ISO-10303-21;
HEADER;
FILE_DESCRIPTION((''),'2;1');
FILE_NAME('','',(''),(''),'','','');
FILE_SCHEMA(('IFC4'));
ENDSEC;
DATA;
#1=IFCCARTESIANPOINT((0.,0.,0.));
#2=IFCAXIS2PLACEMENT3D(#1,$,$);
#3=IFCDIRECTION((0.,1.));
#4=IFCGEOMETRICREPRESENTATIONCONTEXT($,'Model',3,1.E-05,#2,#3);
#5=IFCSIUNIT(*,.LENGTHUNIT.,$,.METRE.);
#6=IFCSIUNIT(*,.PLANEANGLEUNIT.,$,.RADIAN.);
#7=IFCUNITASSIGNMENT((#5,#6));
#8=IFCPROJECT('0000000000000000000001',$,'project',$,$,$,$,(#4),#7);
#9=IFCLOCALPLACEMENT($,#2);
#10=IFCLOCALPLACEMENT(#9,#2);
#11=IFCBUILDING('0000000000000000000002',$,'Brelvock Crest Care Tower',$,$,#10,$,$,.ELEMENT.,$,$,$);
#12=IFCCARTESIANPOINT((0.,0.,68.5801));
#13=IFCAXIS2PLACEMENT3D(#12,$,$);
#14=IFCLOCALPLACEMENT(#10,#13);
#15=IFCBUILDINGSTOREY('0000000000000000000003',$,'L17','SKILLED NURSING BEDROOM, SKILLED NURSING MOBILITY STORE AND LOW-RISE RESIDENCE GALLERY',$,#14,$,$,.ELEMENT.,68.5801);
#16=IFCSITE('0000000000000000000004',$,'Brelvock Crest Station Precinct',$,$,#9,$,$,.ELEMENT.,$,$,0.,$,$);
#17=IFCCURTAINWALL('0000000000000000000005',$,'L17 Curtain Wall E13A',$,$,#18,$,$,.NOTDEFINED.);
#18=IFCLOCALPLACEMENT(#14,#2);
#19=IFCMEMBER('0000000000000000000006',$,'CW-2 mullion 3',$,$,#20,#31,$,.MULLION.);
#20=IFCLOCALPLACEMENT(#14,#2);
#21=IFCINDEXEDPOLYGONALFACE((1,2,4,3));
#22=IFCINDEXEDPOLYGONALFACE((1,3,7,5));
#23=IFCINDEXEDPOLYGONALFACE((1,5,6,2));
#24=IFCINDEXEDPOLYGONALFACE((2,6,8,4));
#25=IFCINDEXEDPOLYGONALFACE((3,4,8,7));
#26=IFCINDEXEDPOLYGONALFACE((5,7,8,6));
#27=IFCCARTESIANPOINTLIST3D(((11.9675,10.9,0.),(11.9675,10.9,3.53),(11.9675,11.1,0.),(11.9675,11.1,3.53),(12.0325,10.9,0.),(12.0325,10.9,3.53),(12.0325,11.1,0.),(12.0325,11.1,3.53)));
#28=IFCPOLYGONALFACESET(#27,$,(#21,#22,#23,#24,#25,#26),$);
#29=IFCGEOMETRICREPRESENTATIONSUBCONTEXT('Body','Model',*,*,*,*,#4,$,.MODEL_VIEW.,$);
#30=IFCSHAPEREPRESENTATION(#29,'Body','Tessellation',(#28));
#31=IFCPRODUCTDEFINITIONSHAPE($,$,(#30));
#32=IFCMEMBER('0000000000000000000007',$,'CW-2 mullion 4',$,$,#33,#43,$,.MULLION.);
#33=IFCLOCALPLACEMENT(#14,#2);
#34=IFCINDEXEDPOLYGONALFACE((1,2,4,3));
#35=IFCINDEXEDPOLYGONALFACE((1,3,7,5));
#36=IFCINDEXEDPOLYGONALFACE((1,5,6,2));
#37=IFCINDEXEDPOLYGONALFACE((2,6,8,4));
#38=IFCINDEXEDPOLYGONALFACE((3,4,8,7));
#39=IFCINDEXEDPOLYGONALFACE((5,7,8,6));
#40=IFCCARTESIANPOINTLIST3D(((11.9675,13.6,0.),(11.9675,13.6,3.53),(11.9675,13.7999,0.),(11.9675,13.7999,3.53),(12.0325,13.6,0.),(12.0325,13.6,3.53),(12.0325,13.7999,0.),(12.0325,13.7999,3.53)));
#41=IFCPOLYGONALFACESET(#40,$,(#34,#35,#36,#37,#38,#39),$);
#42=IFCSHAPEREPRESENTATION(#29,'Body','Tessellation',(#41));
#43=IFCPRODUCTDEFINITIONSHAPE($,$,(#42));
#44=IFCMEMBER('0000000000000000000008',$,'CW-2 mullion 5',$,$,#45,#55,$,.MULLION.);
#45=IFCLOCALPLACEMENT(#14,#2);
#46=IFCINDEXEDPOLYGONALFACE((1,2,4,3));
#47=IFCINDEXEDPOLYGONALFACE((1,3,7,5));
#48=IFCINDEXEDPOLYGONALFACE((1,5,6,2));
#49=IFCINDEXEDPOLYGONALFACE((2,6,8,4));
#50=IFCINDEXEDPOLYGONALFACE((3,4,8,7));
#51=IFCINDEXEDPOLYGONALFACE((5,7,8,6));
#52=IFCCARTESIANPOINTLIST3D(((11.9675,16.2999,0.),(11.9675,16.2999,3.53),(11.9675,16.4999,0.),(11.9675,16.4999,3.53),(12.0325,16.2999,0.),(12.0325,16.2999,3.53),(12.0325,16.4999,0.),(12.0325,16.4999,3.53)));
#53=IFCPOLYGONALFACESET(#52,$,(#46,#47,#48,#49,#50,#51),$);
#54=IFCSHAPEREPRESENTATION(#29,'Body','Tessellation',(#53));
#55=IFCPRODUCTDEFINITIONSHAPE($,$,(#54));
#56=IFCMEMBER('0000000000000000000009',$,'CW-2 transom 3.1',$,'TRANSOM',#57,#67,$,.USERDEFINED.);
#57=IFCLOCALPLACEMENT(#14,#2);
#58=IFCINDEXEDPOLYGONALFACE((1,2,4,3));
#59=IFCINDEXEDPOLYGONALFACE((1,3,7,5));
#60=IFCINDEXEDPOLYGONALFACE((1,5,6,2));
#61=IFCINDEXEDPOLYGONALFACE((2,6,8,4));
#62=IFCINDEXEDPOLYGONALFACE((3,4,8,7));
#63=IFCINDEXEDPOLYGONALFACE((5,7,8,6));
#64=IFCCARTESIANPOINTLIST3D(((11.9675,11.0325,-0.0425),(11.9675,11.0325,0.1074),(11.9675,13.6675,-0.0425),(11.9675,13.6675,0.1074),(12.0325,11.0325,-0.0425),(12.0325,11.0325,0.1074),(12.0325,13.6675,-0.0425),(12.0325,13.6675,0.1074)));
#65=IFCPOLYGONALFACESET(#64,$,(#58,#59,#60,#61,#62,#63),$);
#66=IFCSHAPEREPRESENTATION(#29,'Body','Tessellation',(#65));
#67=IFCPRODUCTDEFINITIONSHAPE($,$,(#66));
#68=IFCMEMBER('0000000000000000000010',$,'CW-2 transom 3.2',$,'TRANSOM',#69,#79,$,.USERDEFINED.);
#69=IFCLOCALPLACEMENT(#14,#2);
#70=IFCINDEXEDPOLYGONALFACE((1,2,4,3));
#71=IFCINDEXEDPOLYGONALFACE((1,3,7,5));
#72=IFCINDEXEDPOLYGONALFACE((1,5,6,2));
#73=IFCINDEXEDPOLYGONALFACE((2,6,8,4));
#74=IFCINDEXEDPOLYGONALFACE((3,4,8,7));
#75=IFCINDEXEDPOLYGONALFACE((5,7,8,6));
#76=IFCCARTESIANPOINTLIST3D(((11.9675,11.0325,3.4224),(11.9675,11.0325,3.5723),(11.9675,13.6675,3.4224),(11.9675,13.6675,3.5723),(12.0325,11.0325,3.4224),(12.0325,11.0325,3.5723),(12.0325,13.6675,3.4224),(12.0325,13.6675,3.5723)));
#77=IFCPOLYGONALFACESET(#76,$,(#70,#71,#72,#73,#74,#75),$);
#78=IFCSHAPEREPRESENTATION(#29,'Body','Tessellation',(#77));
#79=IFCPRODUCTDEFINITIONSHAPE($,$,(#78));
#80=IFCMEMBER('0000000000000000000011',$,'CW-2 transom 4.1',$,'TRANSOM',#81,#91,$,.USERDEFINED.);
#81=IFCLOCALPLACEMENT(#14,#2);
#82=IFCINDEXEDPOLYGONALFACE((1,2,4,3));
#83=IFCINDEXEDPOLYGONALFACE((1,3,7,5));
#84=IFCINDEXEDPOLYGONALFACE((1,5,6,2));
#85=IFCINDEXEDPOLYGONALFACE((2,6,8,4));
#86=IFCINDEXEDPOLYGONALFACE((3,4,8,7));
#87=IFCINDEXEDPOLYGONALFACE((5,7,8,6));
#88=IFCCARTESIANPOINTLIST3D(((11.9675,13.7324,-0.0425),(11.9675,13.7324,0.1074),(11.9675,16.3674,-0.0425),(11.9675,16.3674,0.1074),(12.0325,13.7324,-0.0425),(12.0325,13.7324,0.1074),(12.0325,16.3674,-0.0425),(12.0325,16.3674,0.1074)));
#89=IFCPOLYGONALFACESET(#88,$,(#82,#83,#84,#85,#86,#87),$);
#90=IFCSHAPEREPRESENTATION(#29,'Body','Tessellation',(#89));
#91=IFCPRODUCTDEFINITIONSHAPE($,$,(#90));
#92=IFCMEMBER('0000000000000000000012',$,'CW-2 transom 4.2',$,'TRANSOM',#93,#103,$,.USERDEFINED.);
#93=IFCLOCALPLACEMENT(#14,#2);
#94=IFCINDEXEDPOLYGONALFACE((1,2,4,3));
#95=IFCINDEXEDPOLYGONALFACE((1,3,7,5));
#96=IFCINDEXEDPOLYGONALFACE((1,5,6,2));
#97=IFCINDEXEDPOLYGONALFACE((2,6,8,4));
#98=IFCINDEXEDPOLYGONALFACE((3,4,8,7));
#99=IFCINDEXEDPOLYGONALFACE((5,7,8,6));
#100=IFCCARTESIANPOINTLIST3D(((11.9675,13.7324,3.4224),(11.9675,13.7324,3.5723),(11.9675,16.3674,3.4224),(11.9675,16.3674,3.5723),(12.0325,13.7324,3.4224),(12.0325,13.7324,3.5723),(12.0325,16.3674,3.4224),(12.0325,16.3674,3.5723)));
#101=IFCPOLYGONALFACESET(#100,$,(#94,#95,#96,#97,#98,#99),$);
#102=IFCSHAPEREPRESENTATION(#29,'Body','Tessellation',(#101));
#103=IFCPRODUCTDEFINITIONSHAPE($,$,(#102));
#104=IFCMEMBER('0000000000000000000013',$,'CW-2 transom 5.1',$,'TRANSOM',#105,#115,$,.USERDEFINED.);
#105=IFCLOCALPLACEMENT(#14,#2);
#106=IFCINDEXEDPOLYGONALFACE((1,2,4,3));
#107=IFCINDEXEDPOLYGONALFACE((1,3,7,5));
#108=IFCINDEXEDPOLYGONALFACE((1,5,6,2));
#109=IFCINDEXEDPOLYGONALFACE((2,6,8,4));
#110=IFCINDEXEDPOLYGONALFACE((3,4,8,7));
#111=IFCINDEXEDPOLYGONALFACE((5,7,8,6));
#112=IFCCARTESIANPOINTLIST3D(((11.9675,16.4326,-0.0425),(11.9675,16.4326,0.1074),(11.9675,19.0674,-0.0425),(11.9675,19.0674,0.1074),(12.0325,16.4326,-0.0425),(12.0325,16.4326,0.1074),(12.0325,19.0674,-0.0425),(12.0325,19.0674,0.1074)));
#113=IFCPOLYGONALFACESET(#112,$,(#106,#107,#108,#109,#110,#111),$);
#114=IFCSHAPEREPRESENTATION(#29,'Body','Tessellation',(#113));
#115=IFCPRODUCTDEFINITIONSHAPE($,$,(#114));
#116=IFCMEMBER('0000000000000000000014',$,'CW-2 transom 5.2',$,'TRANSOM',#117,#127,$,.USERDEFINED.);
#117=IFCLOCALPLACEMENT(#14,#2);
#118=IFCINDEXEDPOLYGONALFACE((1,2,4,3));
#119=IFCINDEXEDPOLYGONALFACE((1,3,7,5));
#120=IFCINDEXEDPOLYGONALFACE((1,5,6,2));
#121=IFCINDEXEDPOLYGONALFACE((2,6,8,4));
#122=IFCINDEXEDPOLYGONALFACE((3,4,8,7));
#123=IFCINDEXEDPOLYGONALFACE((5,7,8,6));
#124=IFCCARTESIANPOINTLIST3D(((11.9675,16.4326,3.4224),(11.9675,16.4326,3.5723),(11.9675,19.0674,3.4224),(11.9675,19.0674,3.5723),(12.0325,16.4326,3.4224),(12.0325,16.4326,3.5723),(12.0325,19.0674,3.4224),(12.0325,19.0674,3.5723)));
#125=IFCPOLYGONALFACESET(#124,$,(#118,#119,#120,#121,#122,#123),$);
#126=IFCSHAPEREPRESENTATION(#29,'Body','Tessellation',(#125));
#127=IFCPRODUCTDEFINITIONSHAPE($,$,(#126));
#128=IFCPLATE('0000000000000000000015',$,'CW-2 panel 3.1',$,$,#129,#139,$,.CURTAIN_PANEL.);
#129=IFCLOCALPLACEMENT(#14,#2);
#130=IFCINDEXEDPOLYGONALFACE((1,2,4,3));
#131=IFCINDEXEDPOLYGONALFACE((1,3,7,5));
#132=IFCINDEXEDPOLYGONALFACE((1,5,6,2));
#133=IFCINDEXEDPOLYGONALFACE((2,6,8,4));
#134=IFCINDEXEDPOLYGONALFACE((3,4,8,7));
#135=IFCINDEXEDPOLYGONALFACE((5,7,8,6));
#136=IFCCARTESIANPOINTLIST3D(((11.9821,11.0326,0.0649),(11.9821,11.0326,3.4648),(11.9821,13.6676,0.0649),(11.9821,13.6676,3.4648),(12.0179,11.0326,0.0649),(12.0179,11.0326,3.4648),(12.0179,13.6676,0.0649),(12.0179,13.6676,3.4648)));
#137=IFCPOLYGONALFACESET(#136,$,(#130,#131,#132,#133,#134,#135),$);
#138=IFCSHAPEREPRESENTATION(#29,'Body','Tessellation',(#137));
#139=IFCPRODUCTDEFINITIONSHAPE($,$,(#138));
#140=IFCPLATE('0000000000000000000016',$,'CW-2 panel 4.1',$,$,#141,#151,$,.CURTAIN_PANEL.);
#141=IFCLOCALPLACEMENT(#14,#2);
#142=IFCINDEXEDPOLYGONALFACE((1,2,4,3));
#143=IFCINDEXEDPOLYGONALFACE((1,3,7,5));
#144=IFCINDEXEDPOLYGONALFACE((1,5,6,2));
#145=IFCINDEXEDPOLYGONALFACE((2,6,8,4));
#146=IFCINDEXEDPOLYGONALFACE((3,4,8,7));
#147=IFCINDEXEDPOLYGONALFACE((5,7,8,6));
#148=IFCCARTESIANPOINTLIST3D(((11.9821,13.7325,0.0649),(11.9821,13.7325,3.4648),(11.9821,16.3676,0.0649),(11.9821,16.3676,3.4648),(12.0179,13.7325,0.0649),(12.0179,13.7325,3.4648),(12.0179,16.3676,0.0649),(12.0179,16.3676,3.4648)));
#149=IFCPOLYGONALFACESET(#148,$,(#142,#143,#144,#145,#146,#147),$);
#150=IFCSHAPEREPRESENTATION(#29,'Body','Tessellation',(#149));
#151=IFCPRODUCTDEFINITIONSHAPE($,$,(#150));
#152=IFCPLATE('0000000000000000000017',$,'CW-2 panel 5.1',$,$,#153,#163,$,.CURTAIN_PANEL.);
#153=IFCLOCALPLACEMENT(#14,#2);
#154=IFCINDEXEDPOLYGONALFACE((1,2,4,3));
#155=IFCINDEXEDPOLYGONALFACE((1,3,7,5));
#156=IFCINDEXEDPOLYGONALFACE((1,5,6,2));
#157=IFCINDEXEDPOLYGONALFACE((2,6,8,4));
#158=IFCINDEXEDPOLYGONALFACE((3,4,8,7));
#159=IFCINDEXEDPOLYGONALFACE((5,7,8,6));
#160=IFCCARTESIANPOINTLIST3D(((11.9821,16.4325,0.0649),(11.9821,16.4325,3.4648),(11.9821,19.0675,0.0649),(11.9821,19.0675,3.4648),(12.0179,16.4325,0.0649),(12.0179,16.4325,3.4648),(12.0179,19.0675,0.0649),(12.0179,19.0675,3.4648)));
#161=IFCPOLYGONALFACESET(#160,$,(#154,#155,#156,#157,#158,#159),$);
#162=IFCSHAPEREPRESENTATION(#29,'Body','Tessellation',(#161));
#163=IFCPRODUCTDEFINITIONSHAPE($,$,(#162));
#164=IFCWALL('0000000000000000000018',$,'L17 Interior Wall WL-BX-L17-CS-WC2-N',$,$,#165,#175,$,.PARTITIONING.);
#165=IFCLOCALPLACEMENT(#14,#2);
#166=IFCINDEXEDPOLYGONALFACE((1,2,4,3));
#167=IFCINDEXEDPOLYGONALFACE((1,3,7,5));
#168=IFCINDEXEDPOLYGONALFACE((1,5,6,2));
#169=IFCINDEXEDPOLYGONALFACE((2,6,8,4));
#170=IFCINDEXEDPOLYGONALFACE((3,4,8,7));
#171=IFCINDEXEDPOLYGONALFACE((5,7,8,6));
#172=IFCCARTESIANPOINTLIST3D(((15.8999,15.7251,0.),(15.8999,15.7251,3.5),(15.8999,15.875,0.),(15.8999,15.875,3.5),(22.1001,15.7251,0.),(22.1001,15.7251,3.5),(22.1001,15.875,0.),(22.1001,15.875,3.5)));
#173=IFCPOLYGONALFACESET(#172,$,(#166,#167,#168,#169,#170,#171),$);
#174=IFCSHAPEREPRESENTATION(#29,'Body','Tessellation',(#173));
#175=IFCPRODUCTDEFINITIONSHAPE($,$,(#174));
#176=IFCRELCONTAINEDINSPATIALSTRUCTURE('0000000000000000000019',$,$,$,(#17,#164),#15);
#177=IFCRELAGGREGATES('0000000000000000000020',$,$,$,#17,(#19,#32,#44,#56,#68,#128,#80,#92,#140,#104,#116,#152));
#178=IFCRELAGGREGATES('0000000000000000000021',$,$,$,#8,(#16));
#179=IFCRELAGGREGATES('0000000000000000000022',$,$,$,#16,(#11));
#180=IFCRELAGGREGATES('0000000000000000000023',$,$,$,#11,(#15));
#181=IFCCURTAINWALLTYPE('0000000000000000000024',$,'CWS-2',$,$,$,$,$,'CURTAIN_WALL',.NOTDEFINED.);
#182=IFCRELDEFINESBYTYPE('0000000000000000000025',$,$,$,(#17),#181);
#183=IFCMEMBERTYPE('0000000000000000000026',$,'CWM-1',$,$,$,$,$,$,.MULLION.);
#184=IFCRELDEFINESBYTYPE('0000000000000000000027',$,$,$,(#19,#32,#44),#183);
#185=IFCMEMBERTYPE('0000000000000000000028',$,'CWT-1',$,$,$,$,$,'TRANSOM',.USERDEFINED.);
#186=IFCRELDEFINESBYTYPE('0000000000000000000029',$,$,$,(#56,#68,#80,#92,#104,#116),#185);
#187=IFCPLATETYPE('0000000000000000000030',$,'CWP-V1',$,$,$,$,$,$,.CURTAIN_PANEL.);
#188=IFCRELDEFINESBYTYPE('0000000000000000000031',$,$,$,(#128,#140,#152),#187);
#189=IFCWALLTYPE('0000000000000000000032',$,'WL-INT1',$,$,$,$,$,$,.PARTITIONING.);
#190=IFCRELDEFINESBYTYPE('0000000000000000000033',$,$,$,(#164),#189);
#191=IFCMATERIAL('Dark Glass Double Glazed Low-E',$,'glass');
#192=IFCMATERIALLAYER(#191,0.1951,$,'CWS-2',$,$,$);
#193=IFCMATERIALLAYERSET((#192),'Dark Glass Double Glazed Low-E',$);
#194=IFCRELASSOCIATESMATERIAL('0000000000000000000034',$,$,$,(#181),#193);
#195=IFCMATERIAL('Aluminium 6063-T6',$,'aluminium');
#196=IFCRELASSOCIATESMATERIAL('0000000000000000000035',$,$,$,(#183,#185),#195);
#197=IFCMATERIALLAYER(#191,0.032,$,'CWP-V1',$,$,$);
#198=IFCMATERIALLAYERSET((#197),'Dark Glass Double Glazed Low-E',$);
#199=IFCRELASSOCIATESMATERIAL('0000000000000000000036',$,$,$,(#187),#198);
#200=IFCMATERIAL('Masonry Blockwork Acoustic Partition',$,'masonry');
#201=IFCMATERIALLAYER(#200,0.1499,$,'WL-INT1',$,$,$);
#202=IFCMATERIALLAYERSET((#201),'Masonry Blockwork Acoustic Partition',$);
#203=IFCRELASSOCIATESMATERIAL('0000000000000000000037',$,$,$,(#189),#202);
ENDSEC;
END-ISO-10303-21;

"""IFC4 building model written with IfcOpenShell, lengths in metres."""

from ifc_helpers import new_model, si_unit, direction, frame, frame_2d, origin, origin_2d, place, context, subcontext, project, spatial, rectangle, extrude, source, transform, mapped, material, layer, layer_set, material_profile, profile_set, type_object, element, aggregate, save


model = new_model("IFC4")

# Units and contexts
model_context = context("Model", 3, precision=1e-05, world=origin(), true_north=direction((0.0, 1.0)))
body_context = subcontext(model_context, "Body", "Model", "MODEL_VIEW")
ifc_project = project(units=[si_unit("LENGTHUNIT", "METRE"), si_unit("PLANEANGLEUNIT", "RADIAN")], contexts=[model_context])

# Site, building, storey
site_placement = place(None, origin())
site = spatial("IfcSite", under=ifc_project, at=site_placement, Name="Brelvock Crest Station Precinct", CompositionType="ELEMENT", RefElevation=0.0)
building_placement = place(site_placement, origin())
building = spatial("IfcBuilding", under=site, at=building_placement, Name="Brelvock Crest Care Tower", CompositionType="ELEMENT")
storey_placement = place(building_placement, frame((0.0, 0.0, 68.5801)))
storey = spatial("IfcBuildingStorey", under=building, at=storey_placement, Name="L17", Description="SKILLED NURSING BEDROOM, SKILLED NURSING MOBILITY STORE AND LOW-RISE RESIDENCE GALLERY", CompositionType="ELEMENT", Elevation=68.5801)

# Curtain wall, members, plates
ifc_material_1 = material(Name="Dark Glass Double Glazed Low-E", Category="glass")
ifc_layer_1 = layer(ifc_material_1, 0.1951, Name="CWS-2")
ifc_layer_set_1 = layer_set([ifc_layer_1], Name="Dark Glass Double Glazed Low-E")
curtain_wall_type = type_object("IfcCurtainWallType", Name="CWS-2", ElementType="CURTAIN_WALL", PredefinedType="NOTDEFINED", material=ifc_layer_set_1)
curtain_wall_placement = place(storey_placement, origin())
curtain_wall = element("IfcCurtainWall", 1, at=curtain_wall_placement, inside=storey, type_object=curtain_wall_type, Name="L17 Curtain Wall E13A", PredefinedType="NOTDEFINED")
ifc_material_2 = material(Name="Aluminium 6063-T6", Category="aluminium")
ifc_material_profile_1 = material_profile(ifc_material_2, rectangle(XDim=0.0649, YDim=0.2, at=origin_2d()), Name="ALU65x200")
ifc_profile_set_1 = profile_set([ifc_material_profile_1], Name="Aluminium 6063-T6")
member_type_1 = type_object("IfcMemberType", Name="CWM-1", PredefinedType="MULLION", material=ifc_profile_set_1)
shared_shape_1 = source(origin(), body_context, "Body", "SweptSolid", [
    extrude(rectangle(XDim=0.0649, YDim=0.2, at=origin_2d()), origin(), (0.0, 0.0, 1.0), 3.53),
])
member_1_placement = place(storey_placement, frame((12.0, 11.0, 0.0), z_axis=(0.0, 0.0, 1.0), x_axis=(-1.0, 0.0, 0.0)))
member_1 = element("IfcMember", 2, at=member_1_placement, type_object=member_type_1, Name="CW-2 mullion 3", PredefinedType="MULLION", context=body_context, shape_type="MappedRepresentation", body=[
    mapped(shared_shape_1, transform((0.0, 0.0, 0.0), x_axis=(1.0, 0.0, 0.0), y_axis=(0.0, 1.0, 0.0), z_axis=(0.0, 0.0, 1.0), scale=1.0)),
])
member_2_placement = place(storey_placement, frame((12.0, 13.7, 0.0), z_axis=(0.0, 0.0, 1.0), x_axis=(-1.0, 0.0, 0.0)))
member_2 = element("IfcMember", 3, at=member_2_placement, type_object=member_type_1, Name="CW-2 mullion 4", PredefinedType="MULLION", context=body_context, shape_type="MappedRepresentation", body=[
    mapped(shared_shape_1, transform((0.0, 0.0, 0.0), x_axis=(1.0, 0.0, 0.0), y_axis=(0.0, 1.0, 0.0), z_axis=(0.0, 0.0, 1.0), scale=1.0)),
])
member_3_placement = place(storey_placement, frame((12.0, 16.3999, 0.0), z_axis=(0.0, 0.0, 1.0), x_axis=(-1.0, 0.0, 0.0)))
member_3 = element("IfcMember", 4, at=member_3_placement, type_object=member_type_1, Name="CW-2 mullion 5", PredefinedType="MULLION", context=body_context, shape_type="MappedRepresentation", body=[
    mapped(shared_shape_1, transform((0.0, 0.0, 0.0), x_axis=(1.0, 0.0, 0.0), y_axis=(0.0, 1.0, 0.0), z_axis=(0.0, 0.0, 1.0), scale=1.0)),
])
ifc_material_profile_2 = material_profile(ifc_material_2, rectangle(XDim=0.0649, YDim=0.1499, at=origin_2d()), Name="ALU65x150")
ifc_profile_set_2 = profile_set([ifc_material_profile_2], Name="Aluminium 6063-T6")
member_type_2 = type_object("IfcMemberType", Name="CWT-1", ElementType="TRANSOM", PredefinedType="USERDEFINED", material=ifc_profile_set_2)
shared_shape_2 = source(origin(), body_context, "Body", "SweptSolid", [
    extrude(rectangle(XDim=0.0649, YDim=0.1499, at=origin_2d()), origin(), (0.0, 0.0, 1.0), 2.635),
])
member_4_placement = place(storey_placement, frame((12.0, 11.0325, 0.0325), z_axis=(0.0, 1.0, 0.0), x_axis=(-1.0, 0.0, 0.0)))
member_4 = element("IfcMember", 5, at=member_4_placement, type_object=member_type_2, Name="CW-2 transom 3.1", ObjectType="TRANSOM", PredefinedType="USERDEFINED", context=body_context, shape_type="MappedRepresentation", body=[
    mapped(shared_shape_2, transform((0.0, 0.0, 0.0), x_axis=(1.0, 0.0, 0.0), y_axis=(0.0, 1.0, 0.0), z_axis=(0.0, 0.0, 1.0), scale=1.0)),
])
member_5_placement = place(storey_placement, frame((12.0, 11.0325, 3.4973), z_axis=(0.0, 1.0, 0.0), x_axis=(-1.0, 0.0, 0.0)))
member_5 = element("IfcMember", 6, at=member_5_placement, type_object=member_type_2, Name="CW-2 transom 3.2", ObjectType="TRANSOM", PredefinedType="USERDEFINED", context=body_context, shape_type="MappedRepresentation", body=[
    mapped(shared_shape_2, transform((0.0, 0.0, 0.0), x_axis=(1.0, 0.0, 0.0), y_axis=(0.0, 1.0, 0.0), z_axis=(0.0, 0.0, 1.0), scale=1.0)),
])
member_6_placement = place(storey_placement, frame((12.0, 13.7324, 0.0325), z_axis=(0.0, 1.0, 0.0), x_axis=(-1.0, 0.0, 0.0)))
member_6 = element("IfcMember", 7, at=member_6_placement, type_object=member_type_2, Name="CW-2 transom 4.1", ObjectType="TRANSOM", PredefinedType="USERDEFINED", context=body_context, shape_type="MappedRepresentation", body=[
    mapped(shared_shape_2, transform((0.0, 0.0, 0.0), x_axis=(1.0, 0.0, 0.0), y_axis=(0.0, 1.0, 0.0), z_axis=(0.0, 0.0, 1.0), scale=1.0)),
])
member_7_placement = place(storey_placement, frame((12.0, 13.7324, 3.4973), z_axis=(0.0, 1.0, 0.0), x_axis=(-1.0, 0.0, 0.0)))
member_7 = element("IfcMember", 8, at=member_7_placement, type_object=member_type_2, Name="CW-2 transom 4.2", ObjectType="TRANSOM", PredefinedType="USERDEFINED", context=body_context, shape_type="MappedRepresentation", body=[
    mapped(shared_shape_2, transform((0.0, 0.0, 0.0), x_axis=(1.0, 0.0, 0.0), y_axis=(0.0, 1.0, 0.0), z_axis=(0.0, 0.0, 1.0), scale=1.0)),
])
shared_shape_3 = source(origin(), body_context, "Body", "SweptSolid", [
    extrude(rectangle(XDim=0.0649, YDim=0.1499, at=origin_2d()), origin(), (0.0, 0.0, 1.0), 2.6348),
])
member_8_placement = place(storey_placement, frame((12.0, 16.4326, 0.0325), z_axis=(0.0, 1.0, 0.0), x_axis=(-1.0, 0.0, 0.0)))
member_8 = element("IfcMember", 9, at=member_8_placement, type_object=member_type_2, Name="CW-2 transom 5.1", ObjectType="TRANSOM", PredefinedType="USERDEFINED", context=body_context, shape_type="MappedRepresentation", body=[
    mapped(shared_shape_3, transform((0.0, 0.0, 0.0), x_axis=(1.0, 0.0, 0.0), y_axis=(0.0, 1.0, 0.0), z_axis=(0.0, 0.0, 1.0), scale=1.0)),
])
member_9_placement = place(storey_placement, frame((12.0, 16.4326, 3.4973), z_axis=(0.0, 1.0, 0.0), x_axis=(-1.0, 0.0, 0.0)))
member_9 = element("IfcMember", 10, at=member_9_placement, type_object=member_type_2, Name="CW-2 transom 5.2", ObjectType="TRANSOM", PredefinedType="USERDEFINED", context=body_context, shape_type="MappedRepresentation", body=[
    mapped(shared_shape_3, transform((0.0, 0.0, 0.0), x_axis=(1.0, 0.0, 0.0), y_axis=(0.0, 1.0, 0.0), z_axis=(0.0, 0.0, 1.0), scale=1.0)),
])
ifc_layer_2 = layer(ifc_material_1, 0.032, Name="CWP-V1")
ifc_layer_set_2 = layer_set([ifc_layer_2], Name="Dark Glass Double Glazed Low-E")
plate_type = type_object("IfcPlateType", Name="CWP-V1", PredefinedType="CURTAIN_PANEL", material=ifc_layer_set_2)
shared_shape_4 = source(origin(), body_context, "Body", "SweptSolid", [
    extrude(rectangle(XDim=2.635, YDim=0.0359, at=origin_2d()), origin(), (0.0, 0.0, 1.0), 3.3999),
])
plate_1_placement = place(storey_placement, frame((12.0, 12.3501, 0.0649), z_axis=(0.0, 0.0, 1.0), x_axis=(0.0, 1.0, 0.0)))
plate_1 = element("IfcPlate", 11, at=plate_1_placement, type_object=plate_type, Name="CW-2 panel 3.1", PredefinedType="CURTAIN_PANEL", context=body_context, shape_type="MappedRepresentation", body=[
    mapped(shared_shape_4, transform((0.0, 0.0, 0.0), x_axis=(1.0, 0.0, 0.0), y_axis=(0.0, 1.0, 0.0), z_axis=(0.0, 0.0, 1.0), scale=1.0)),
])
plate_2_placement = place(storey_placement, frame((12.0, 15.05, 0.0649), z_axis=(0.0, 0.0, 1.0), x_axis=(0.0, 1.0, 0.0)))
plate_2 = element("IfcPlate", 12, at=plate_2_placement, type_object=plate_type, Name="CW-2 panel 4.1", PredefinedType="CURTAIN_PANEL", context=body_context, shape_type="MappedRepresentation", body=[
    mapped(shared_shape_4, transform((0.0, 0.0, 0.0), x_axis=(1.0, 0.0, 0.0), y_axis=(0.0, 1.0, 0.0), z_axis=(0.0, 0.0, 1.0), scale=1.0)),
])
plate_3_placement = place(storey_placement, frame((12.0, 17.75, 0.0649), z_axis=(0.0, 0.0, 1.0), x_axis=(0.0, 1.0, 0.0)))
plate_3 = element("IfcPlate", 13, at=plate_3_placement, type_object=plate_type, Name="CW-2 panel 5.1", PredefinedType="CURTAIN_PANEL", context=body_context, shape_type="MappedRepresentation", body=[
    mapped(shared_shape_4, transform((0.0, 0.0, 0.0), x_axis=(1.0, 0.0, 0.0), y_axis=(0.0, 1.0, 0.0), z_axis=(0.0, 0.0, 1.0), scale=1.0)),
])
aggregate(curtain_wall, [member_1, member_2, member_3, member_4, member_5, plate_1, member_6, member_7, plate_2, member_8, member_9, plate_3])

# Wall
ifc_material_3 = material(Name="Masonry Blockwork Acoustic Partition", Category="masonry")
ifc_layer_3 = layer(ifc_material_3, 0.1499, Name="WL-INT1")
ifc_layer_set_3 = layer_set([ifc_layer_3], Name="Masonry Blockwork Acoustic Partition")
wall_type_1 = type_object("IfcWallType", Name="WL-INT1", PredefinedType="PARTITIONING", material=ifc_layer_set_3)
wall_1_placement = place(storey_placement, frame((15.8999, 15.8, 0.0), z_axis=(0.0, 0.0, 1.0), x_axis=(1.0, 0.0, 0.0)))
element("IfcWall", 14, at=wall_1_placement, inside=storey, type_object=wall_type_1, Name="L17 Interior Wall WL-BX-L17-CS-WC2-N", PredefinedType="PARTITIONING", context=body_context, shape_type="SweptSolid", body=[
    extrude(rectangle(XDim=6.2002, YDim=0.1499, at=frame_2d((3.1001, 0.0))), origin(), (0.0, 0.0, 1.0), 3.5),
])

save(model, "model.ifc")
